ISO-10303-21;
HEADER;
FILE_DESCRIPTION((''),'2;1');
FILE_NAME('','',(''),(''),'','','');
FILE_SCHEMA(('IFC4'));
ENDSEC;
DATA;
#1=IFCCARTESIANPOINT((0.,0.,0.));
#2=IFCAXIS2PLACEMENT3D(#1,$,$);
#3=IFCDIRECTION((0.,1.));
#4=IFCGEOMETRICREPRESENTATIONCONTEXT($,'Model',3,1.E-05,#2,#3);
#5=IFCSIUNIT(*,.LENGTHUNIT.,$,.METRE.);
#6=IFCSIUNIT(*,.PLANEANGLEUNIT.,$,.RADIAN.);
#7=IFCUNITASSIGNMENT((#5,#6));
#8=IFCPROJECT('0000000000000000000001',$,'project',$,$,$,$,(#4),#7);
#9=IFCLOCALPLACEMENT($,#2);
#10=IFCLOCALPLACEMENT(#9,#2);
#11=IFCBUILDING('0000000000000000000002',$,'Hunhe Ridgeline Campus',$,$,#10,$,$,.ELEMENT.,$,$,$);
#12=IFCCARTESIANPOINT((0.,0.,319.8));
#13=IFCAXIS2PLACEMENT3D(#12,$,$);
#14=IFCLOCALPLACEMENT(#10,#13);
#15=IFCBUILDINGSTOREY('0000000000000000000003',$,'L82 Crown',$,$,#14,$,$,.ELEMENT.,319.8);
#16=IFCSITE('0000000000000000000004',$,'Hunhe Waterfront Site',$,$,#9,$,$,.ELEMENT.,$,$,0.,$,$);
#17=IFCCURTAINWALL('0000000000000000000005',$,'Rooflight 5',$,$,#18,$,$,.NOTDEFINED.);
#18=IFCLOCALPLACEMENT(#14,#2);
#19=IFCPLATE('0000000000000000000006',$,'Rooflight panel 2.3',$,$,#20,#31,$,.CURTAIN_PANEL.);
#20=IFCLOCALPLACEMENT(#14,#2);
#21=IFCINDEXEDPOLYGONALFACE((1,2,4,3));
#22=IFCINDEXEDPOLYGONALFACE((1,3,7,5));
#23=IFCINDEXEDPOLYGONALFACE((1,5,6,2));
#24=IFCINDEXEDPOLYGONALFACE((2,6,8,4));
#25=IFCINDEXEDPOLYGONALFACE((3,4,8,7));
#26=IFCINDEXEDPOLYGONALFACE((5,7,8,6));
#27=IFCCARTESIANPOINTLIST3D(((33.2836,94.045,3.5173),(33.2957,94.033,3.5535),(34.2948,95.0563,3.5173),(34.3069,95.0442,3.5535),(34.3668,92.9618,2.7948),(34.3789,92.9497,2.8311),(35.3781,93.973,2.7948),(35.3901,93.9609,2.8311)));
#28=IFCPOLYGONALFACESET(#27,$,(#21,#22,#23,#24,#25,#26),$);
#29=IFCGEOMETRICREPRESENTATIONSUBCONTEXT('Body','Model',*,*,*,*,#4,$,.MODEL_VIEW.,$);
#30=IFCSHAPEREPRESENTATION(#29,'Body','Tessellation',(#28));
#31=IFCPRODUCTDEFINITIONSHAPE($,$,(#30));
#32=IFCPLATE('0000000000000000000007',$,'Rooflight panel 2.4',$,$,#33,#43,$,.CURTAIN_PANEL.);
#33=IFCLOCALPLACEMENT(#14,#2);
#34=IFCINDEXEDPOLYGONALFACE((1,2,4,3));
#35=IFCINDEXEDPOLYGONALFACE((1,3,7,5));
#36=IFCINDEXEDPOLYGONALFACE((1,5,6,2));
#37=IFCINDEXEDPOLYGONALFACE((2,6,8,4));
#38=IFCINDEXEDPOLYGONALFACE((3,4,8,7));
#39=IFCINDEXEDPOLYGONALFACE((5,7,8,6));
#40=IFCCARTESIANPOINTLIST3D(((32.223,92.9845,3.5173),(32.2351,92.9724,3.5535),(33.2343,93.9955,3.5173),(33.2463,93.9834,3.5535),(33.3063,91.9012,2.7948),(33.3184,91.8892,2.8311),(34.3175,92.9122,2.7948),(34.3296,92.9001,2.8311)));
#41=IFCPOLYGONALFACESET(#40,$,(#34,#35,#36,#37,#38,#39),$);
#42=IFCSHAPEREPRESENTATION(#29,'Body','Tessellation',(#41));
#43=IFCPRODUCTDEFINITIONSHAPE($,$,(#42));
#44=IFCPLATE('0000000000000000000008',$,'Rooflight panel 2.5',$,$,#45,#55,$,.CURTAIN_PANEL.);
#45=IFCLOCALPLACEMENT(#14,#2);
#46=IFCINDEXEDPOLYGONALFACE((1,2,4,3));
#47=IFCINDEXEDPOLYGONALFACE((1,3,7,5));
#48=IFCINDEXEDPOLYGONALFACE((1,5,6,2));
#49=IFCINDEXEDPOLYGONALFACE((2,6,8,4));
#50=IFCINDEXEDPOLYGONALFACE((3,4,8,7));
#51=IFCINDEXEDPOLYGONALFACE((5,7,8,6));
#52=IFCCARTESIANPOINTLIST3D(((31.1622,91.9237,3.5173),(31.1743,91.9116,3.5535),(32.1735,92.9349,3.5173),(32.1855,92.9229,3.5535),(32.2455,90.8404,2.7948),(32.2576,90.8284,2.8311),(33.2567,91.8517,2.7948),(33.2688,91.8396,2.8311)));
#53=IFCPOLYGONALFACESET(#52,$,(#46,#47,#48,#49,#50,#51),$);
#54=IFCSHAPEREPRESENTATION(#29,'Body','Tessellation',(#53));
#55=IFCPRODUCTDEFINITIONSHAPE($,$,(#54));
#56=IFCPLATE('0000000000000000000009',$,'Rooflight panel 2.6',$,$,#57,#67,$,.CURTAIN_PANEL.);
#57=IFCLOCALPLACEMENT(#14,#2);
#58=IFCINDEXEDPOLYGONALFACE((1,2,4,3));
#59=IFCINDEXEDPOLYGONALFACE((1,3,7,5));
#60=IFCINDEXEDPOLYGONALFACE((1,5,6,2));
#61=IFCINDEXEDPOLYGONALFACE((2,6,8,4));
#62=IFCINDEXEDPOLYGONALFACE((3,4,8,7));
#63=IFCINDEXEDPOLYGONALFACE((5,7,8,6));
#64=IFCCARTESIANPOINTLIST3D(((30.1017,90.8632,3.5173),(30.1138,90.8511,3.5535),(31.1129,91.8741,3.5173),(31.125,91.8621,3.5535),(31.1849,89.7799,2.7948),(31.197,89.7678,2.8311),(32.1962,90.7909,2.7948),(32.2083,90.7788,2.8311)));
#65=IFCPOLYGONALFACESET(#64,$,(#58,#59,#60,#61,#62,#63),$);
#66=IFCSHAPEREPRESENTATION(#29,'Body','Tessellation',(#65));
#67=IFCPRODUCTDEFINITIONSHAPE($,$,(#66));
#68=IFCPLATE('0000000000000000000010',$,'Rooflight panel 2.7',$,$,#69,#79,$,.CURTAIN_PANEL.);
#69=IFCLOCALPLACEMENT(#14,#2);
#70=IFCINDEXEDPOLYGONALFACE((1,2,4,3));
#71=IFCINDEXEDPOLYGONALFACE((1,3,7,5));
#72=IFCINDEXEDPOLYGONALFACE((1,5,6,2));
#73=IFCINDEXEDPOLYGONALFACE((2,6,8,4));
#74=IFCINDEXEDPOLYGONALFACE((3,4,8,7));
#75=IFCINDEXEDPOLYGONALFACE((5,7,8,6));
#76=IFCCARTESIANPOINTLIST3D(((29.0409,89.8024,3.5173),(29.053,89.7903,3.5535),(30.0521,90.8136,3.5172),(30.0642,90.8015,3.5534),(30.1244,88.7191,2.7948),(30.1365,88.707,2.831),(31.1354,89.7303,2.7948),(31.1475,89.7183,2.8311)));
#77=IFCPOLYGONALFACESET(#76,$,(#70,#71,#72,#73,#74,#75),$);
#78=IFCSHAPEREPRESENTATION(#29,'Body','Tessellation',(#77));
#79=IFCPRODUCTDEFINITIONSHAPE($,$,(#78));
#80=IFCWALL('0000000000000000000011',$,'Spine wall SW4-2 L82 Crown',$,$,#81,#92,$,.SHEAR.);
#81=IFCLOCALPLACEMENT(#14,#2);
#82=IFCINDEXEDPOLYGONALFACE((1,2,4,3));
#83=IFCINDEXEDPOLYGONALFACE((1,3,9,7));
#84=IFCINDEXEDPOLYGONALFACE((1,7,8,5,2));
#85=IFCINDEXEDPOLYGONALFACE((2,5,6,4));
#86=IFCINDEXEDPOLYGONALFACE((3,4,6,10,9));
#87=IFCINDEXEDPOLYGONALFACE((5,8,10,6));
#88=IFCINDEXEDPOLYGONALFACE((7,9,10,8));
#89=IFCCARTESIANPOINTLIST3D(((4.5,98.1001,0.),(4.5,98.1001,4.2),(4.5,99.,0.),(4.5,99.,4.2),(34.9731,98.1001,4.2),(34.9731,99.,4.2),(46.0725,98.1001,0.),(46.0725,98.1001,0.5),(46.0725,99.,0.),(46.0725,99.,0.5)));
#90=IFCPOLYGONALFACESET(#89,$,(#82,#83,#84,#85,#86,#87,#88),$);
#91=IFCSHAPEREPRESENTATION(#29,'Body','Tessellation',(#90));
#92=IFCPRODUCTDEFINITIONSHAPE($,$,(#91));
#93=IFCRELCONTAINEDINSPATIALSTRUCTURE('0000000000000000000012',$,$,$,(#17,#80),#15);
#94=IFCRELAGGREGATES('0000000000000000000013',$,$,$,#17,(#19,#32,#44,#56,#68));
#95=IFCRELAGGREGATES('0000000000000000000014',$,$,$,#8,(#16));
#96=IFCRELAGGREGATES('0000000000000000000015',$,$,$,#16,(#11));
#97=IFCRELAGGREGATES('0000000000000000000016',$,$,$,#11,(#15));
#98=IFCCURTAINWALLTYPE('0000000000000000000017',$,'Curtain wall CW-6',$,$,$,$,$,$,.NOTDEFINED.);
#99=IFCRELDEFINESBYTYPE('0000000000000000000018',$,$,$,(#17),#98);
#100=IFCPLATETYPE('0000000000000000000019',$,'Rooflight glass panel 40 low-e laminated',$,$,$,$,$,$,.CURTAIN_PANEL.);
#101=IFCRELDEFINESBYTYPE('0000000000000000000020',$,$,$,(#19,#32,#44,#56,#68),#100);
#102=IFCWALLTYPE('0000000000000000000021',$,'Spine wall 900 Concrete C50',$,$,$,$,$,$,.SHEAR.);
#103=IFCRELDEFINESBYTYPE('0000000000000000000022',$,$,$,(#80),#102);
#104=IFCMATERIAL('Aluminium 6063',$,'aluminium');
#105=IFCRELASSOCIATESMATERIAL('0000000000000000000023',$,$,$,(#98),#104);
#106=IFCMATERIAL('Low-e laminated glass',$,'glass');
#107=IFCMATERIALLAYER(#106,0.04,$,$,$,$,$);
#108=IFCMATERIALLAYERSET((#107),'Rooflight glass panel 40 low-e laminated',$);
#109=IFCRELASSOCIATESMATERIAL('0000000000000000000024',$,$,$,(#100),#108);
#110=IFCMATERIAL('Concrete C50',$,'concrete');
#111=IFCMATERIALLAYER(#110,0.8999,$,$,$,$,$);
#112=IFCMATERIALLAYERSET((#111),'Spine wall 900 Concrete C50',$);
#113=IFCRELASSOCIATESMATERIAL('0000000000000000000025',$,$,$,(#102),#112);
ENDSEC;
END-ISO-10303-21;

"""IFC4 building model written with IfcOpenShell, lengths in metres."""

from ifc_helpers import new_model, si_unit, direction, frame, origin, place, context, subcontext, project, spatial, polyline, outline, extrude, material, layer, layer_set, type_object, element, aggregate, save


model = new_model("IFC4")

# Units and contexts
model_context = context("Model", 3, precision=1e-05, world=origin(), true_north=direction((0.0, 1.0)))
body_context = subcontext(model_context, "Body", "Model", "MODEL_VIEW")
ifc_project = project(units=[si_unit("LENGTHUNIT", "METRE"), si_unit("PLANEANGLEUNIT", "RADIAN")], contexts=[model_context])

# Site, building, storey
site_placement = place(None, origin())
site = spatial("IfcSite", under=ifc_project, at=site_placement, Name="Hunhe Waterfront Site", CompositionType="ELEMENT", RefElevation=0.0)
building_placement = place(site_placement, origin())
building = spatial("IfcBuilding", under=site, at=building_placement, Name="Hunhe Ridgeline Campus", CompositionType="ELEMENT")
storey_placement = place(building_placement, frame((0.0, 0.0, 319.8)))
storey = spatial("IfcBuildingStorey", under=building, at=storey_placement, Name="L82 Crown", CompositionType="ELEMENT", Elevation=319.8)

# Curtain wall, plates
ifc_material_1 = material(Name="Aluminium 6063", Category="aluminium")
curtain_wall_type = type_object("IfcCurtainWallType", Name="Curtain wall CW-6", PredefinedType="NOTDEFINED", material=ifc_material_1)
curtain_wall_placement = place(storey_placement, origin())
curtain_wall = element("IfcCurtainWall", 1, at=curtain_wall_placement, inside=storey, type_object=curtain_wall_type, Name="Rooflight 5", PredefinedType="NOTDEFINED")
ifc_material_2 = material(Name="Low-e laminated glass", Category="glass")
ifc_layer_1 = layer(ifc_material_2, 0.04)
ifc_layer_set_1 = layer_set([ifc_layer_1], Name="Rooflight glass panel 40 low-e laminated")
plate_type = type_object("IfcPlateType", Name="Rooflight glass panel 40 low-e laminated", PredefinedType="CURTAIN_PANEL", material=ifc_layer_set_1)
plate_1_placement = place(storey_placement, frame((35.3901, 93.9609, 2.8311), z_axis=(0.301595, -0.301595, 0.904478), x_axis=(-0.639563, 0.639563, 0.426519)))
plate_1 = element("IfcPlate", 2, at=plate_1_placement, type_object=plate_type, Name="Rooflight panel 2.3", PredefinedType="CURTAIN_PANEL", context=body_context, shape_type="SweptSolid", body=[
    extrude(outline(polyline([(0.0, 0.0), (1.6937, 0.0), (1.6937, 1.4301), (0.0, 1.4301), (0.0, 0.0)])), origin(), (0.0, 0.0, -1.0), 0.04),
])
plate_2_placement = place(storey_placement, frame((34.3296, 92.9001, 2.8311), z_axis=(0.301558, -0.301631, 0.904478), x_axis=(-0.639563, 0.639563, 0.426519)))
plate_2 = element("IfcPlate", 3, at=plate_2_placement, type_object=plate_type, Name="Rooflight panel 2.4", PredefinedType="CURTAIN_PANEL", context=body_context, shape_type="SweptSolid", body=[
    extrude(outline(polyline([(0.0, 0.0), (1.6937, 0.0), (1.6939, 1.4299), (0.0002, 1.4299), (0.0, 0.0)])), origin(), (0.0, 0.0, -1.0), 0.04),
])
plate_3_placement = place(storey_placement, frame((33.2688, 91.8396, 2.8311), z_axis=(0.301595, -0.301595, 0.904478), x_axis=(-0.639563, 0.639563, 0.426519)))
plate_3 = element("IfcPlate", 4, at=plate_3_placement, type_object=plate_type, Name="Rooflight panel 2.5", PredefinedType="CURTAIN_PANEL", context=body_context, shape_type="SweptSolid", body=[
    extrude(outline(polyline([(0.0, 0.0), (1.6937, 0.0), (1.6937, 1.4301), (0.0, 1.4301), (0.0, 0.0)])), origin(), (0.0, 0.0, -1.0), 0.04),
])
plate_4_placement = place(storey_placement, frame((32.2083, 90.7788, 2.8311), z_axis=(0.301558, -0.301631, 0.904478), x_axis=(-0.639563, 0.639563, 0.426519)))
plate_4 = element("IfcPlate", 5, at=plate_4_placement, type_object=plate_type, Name="Rooflight panel 2.6", PredefinedType="CURTAIN_PANEL", context=body_context, shape_type="SweptSolid", body=[
    extrude(outline(polyline([(0.0, 0.0), (1.6937, 0.0), (1.6939, 1.4299), (0.0002, 1.4299), (0.0, 0.0)])), origin(), (0.0, 0.0, -1.0), 0.04),
])
plate_5_placement = place(storey_placement, frame((31.1475, 89.7183, 2.8311), z_axis=(0.301599, -0.301563, 0.904488), x_axis=(-0.639569, 0.639569, 0.4265)))
plate_5 = element("IfcPlate", 6, at=plate_5_placement, type_object=plate_type, Name="Rooflight panel 2.7", PredefinedType="CURTAIN_PANEL", context=body_context, shape_type="SweptSolid", body=[
    extrude(outline(polyline([(0.0, 0.0), (1.6937, 0.0), (1.6937, 1.4301), (-0.0002, 1.4299), (0.0, 0.0)])), origin(), (0.0, 0.0, -1.0), 0.04),
])
aggregate(curtain_wall, [plate_1, plate_2, plate_3, plate_4, plate_5])

# Wall
ifc_material_3 = material(Name="Concrete C50", Category="concrete")
ifc_layer_2 = layer(ifc_material_3, 0.8999)
ifc_layer_set_2 = layer_set([ifc_layer_2], Name="Spine wall 900 Concrete C50")
wall_type = type_object("IfcWallType", Name="Spine wall 900 Concrete C50", PredefinedType="SHEAR", material=ifc_layer_set_2)
wall_placement = place(storey_placement, frame((46.0725, 98.55, 0.0), z_axis=(0.0, 0.0, 1.0), x_axis=(-1.0, 0.0, 0.0)))
element("IfcWall", 7, at=wall_placement, inside=storey, type_object=wall_type, Name="Spine wall SW4-2 L82 Crown", PredefinedType="SHEAR", context=body_context, shape_type="SweptSolid", body=[
    extrude(outline(polyline([(0.0, 0.0), (41.5725, 0.0), (41.5725, 4.2), (11.0994, 4.2), (0.0, 0.5), (0.0, 0.0)])), frame((0.0, 0.45, 0.0), z_axis=(0.0, -1.0, 0.0), x_axis=(1.0, 0.0, 0.0)), (0.0, 0.0, 1.0), 0.8999),
])

save(model, "model.ifc")
